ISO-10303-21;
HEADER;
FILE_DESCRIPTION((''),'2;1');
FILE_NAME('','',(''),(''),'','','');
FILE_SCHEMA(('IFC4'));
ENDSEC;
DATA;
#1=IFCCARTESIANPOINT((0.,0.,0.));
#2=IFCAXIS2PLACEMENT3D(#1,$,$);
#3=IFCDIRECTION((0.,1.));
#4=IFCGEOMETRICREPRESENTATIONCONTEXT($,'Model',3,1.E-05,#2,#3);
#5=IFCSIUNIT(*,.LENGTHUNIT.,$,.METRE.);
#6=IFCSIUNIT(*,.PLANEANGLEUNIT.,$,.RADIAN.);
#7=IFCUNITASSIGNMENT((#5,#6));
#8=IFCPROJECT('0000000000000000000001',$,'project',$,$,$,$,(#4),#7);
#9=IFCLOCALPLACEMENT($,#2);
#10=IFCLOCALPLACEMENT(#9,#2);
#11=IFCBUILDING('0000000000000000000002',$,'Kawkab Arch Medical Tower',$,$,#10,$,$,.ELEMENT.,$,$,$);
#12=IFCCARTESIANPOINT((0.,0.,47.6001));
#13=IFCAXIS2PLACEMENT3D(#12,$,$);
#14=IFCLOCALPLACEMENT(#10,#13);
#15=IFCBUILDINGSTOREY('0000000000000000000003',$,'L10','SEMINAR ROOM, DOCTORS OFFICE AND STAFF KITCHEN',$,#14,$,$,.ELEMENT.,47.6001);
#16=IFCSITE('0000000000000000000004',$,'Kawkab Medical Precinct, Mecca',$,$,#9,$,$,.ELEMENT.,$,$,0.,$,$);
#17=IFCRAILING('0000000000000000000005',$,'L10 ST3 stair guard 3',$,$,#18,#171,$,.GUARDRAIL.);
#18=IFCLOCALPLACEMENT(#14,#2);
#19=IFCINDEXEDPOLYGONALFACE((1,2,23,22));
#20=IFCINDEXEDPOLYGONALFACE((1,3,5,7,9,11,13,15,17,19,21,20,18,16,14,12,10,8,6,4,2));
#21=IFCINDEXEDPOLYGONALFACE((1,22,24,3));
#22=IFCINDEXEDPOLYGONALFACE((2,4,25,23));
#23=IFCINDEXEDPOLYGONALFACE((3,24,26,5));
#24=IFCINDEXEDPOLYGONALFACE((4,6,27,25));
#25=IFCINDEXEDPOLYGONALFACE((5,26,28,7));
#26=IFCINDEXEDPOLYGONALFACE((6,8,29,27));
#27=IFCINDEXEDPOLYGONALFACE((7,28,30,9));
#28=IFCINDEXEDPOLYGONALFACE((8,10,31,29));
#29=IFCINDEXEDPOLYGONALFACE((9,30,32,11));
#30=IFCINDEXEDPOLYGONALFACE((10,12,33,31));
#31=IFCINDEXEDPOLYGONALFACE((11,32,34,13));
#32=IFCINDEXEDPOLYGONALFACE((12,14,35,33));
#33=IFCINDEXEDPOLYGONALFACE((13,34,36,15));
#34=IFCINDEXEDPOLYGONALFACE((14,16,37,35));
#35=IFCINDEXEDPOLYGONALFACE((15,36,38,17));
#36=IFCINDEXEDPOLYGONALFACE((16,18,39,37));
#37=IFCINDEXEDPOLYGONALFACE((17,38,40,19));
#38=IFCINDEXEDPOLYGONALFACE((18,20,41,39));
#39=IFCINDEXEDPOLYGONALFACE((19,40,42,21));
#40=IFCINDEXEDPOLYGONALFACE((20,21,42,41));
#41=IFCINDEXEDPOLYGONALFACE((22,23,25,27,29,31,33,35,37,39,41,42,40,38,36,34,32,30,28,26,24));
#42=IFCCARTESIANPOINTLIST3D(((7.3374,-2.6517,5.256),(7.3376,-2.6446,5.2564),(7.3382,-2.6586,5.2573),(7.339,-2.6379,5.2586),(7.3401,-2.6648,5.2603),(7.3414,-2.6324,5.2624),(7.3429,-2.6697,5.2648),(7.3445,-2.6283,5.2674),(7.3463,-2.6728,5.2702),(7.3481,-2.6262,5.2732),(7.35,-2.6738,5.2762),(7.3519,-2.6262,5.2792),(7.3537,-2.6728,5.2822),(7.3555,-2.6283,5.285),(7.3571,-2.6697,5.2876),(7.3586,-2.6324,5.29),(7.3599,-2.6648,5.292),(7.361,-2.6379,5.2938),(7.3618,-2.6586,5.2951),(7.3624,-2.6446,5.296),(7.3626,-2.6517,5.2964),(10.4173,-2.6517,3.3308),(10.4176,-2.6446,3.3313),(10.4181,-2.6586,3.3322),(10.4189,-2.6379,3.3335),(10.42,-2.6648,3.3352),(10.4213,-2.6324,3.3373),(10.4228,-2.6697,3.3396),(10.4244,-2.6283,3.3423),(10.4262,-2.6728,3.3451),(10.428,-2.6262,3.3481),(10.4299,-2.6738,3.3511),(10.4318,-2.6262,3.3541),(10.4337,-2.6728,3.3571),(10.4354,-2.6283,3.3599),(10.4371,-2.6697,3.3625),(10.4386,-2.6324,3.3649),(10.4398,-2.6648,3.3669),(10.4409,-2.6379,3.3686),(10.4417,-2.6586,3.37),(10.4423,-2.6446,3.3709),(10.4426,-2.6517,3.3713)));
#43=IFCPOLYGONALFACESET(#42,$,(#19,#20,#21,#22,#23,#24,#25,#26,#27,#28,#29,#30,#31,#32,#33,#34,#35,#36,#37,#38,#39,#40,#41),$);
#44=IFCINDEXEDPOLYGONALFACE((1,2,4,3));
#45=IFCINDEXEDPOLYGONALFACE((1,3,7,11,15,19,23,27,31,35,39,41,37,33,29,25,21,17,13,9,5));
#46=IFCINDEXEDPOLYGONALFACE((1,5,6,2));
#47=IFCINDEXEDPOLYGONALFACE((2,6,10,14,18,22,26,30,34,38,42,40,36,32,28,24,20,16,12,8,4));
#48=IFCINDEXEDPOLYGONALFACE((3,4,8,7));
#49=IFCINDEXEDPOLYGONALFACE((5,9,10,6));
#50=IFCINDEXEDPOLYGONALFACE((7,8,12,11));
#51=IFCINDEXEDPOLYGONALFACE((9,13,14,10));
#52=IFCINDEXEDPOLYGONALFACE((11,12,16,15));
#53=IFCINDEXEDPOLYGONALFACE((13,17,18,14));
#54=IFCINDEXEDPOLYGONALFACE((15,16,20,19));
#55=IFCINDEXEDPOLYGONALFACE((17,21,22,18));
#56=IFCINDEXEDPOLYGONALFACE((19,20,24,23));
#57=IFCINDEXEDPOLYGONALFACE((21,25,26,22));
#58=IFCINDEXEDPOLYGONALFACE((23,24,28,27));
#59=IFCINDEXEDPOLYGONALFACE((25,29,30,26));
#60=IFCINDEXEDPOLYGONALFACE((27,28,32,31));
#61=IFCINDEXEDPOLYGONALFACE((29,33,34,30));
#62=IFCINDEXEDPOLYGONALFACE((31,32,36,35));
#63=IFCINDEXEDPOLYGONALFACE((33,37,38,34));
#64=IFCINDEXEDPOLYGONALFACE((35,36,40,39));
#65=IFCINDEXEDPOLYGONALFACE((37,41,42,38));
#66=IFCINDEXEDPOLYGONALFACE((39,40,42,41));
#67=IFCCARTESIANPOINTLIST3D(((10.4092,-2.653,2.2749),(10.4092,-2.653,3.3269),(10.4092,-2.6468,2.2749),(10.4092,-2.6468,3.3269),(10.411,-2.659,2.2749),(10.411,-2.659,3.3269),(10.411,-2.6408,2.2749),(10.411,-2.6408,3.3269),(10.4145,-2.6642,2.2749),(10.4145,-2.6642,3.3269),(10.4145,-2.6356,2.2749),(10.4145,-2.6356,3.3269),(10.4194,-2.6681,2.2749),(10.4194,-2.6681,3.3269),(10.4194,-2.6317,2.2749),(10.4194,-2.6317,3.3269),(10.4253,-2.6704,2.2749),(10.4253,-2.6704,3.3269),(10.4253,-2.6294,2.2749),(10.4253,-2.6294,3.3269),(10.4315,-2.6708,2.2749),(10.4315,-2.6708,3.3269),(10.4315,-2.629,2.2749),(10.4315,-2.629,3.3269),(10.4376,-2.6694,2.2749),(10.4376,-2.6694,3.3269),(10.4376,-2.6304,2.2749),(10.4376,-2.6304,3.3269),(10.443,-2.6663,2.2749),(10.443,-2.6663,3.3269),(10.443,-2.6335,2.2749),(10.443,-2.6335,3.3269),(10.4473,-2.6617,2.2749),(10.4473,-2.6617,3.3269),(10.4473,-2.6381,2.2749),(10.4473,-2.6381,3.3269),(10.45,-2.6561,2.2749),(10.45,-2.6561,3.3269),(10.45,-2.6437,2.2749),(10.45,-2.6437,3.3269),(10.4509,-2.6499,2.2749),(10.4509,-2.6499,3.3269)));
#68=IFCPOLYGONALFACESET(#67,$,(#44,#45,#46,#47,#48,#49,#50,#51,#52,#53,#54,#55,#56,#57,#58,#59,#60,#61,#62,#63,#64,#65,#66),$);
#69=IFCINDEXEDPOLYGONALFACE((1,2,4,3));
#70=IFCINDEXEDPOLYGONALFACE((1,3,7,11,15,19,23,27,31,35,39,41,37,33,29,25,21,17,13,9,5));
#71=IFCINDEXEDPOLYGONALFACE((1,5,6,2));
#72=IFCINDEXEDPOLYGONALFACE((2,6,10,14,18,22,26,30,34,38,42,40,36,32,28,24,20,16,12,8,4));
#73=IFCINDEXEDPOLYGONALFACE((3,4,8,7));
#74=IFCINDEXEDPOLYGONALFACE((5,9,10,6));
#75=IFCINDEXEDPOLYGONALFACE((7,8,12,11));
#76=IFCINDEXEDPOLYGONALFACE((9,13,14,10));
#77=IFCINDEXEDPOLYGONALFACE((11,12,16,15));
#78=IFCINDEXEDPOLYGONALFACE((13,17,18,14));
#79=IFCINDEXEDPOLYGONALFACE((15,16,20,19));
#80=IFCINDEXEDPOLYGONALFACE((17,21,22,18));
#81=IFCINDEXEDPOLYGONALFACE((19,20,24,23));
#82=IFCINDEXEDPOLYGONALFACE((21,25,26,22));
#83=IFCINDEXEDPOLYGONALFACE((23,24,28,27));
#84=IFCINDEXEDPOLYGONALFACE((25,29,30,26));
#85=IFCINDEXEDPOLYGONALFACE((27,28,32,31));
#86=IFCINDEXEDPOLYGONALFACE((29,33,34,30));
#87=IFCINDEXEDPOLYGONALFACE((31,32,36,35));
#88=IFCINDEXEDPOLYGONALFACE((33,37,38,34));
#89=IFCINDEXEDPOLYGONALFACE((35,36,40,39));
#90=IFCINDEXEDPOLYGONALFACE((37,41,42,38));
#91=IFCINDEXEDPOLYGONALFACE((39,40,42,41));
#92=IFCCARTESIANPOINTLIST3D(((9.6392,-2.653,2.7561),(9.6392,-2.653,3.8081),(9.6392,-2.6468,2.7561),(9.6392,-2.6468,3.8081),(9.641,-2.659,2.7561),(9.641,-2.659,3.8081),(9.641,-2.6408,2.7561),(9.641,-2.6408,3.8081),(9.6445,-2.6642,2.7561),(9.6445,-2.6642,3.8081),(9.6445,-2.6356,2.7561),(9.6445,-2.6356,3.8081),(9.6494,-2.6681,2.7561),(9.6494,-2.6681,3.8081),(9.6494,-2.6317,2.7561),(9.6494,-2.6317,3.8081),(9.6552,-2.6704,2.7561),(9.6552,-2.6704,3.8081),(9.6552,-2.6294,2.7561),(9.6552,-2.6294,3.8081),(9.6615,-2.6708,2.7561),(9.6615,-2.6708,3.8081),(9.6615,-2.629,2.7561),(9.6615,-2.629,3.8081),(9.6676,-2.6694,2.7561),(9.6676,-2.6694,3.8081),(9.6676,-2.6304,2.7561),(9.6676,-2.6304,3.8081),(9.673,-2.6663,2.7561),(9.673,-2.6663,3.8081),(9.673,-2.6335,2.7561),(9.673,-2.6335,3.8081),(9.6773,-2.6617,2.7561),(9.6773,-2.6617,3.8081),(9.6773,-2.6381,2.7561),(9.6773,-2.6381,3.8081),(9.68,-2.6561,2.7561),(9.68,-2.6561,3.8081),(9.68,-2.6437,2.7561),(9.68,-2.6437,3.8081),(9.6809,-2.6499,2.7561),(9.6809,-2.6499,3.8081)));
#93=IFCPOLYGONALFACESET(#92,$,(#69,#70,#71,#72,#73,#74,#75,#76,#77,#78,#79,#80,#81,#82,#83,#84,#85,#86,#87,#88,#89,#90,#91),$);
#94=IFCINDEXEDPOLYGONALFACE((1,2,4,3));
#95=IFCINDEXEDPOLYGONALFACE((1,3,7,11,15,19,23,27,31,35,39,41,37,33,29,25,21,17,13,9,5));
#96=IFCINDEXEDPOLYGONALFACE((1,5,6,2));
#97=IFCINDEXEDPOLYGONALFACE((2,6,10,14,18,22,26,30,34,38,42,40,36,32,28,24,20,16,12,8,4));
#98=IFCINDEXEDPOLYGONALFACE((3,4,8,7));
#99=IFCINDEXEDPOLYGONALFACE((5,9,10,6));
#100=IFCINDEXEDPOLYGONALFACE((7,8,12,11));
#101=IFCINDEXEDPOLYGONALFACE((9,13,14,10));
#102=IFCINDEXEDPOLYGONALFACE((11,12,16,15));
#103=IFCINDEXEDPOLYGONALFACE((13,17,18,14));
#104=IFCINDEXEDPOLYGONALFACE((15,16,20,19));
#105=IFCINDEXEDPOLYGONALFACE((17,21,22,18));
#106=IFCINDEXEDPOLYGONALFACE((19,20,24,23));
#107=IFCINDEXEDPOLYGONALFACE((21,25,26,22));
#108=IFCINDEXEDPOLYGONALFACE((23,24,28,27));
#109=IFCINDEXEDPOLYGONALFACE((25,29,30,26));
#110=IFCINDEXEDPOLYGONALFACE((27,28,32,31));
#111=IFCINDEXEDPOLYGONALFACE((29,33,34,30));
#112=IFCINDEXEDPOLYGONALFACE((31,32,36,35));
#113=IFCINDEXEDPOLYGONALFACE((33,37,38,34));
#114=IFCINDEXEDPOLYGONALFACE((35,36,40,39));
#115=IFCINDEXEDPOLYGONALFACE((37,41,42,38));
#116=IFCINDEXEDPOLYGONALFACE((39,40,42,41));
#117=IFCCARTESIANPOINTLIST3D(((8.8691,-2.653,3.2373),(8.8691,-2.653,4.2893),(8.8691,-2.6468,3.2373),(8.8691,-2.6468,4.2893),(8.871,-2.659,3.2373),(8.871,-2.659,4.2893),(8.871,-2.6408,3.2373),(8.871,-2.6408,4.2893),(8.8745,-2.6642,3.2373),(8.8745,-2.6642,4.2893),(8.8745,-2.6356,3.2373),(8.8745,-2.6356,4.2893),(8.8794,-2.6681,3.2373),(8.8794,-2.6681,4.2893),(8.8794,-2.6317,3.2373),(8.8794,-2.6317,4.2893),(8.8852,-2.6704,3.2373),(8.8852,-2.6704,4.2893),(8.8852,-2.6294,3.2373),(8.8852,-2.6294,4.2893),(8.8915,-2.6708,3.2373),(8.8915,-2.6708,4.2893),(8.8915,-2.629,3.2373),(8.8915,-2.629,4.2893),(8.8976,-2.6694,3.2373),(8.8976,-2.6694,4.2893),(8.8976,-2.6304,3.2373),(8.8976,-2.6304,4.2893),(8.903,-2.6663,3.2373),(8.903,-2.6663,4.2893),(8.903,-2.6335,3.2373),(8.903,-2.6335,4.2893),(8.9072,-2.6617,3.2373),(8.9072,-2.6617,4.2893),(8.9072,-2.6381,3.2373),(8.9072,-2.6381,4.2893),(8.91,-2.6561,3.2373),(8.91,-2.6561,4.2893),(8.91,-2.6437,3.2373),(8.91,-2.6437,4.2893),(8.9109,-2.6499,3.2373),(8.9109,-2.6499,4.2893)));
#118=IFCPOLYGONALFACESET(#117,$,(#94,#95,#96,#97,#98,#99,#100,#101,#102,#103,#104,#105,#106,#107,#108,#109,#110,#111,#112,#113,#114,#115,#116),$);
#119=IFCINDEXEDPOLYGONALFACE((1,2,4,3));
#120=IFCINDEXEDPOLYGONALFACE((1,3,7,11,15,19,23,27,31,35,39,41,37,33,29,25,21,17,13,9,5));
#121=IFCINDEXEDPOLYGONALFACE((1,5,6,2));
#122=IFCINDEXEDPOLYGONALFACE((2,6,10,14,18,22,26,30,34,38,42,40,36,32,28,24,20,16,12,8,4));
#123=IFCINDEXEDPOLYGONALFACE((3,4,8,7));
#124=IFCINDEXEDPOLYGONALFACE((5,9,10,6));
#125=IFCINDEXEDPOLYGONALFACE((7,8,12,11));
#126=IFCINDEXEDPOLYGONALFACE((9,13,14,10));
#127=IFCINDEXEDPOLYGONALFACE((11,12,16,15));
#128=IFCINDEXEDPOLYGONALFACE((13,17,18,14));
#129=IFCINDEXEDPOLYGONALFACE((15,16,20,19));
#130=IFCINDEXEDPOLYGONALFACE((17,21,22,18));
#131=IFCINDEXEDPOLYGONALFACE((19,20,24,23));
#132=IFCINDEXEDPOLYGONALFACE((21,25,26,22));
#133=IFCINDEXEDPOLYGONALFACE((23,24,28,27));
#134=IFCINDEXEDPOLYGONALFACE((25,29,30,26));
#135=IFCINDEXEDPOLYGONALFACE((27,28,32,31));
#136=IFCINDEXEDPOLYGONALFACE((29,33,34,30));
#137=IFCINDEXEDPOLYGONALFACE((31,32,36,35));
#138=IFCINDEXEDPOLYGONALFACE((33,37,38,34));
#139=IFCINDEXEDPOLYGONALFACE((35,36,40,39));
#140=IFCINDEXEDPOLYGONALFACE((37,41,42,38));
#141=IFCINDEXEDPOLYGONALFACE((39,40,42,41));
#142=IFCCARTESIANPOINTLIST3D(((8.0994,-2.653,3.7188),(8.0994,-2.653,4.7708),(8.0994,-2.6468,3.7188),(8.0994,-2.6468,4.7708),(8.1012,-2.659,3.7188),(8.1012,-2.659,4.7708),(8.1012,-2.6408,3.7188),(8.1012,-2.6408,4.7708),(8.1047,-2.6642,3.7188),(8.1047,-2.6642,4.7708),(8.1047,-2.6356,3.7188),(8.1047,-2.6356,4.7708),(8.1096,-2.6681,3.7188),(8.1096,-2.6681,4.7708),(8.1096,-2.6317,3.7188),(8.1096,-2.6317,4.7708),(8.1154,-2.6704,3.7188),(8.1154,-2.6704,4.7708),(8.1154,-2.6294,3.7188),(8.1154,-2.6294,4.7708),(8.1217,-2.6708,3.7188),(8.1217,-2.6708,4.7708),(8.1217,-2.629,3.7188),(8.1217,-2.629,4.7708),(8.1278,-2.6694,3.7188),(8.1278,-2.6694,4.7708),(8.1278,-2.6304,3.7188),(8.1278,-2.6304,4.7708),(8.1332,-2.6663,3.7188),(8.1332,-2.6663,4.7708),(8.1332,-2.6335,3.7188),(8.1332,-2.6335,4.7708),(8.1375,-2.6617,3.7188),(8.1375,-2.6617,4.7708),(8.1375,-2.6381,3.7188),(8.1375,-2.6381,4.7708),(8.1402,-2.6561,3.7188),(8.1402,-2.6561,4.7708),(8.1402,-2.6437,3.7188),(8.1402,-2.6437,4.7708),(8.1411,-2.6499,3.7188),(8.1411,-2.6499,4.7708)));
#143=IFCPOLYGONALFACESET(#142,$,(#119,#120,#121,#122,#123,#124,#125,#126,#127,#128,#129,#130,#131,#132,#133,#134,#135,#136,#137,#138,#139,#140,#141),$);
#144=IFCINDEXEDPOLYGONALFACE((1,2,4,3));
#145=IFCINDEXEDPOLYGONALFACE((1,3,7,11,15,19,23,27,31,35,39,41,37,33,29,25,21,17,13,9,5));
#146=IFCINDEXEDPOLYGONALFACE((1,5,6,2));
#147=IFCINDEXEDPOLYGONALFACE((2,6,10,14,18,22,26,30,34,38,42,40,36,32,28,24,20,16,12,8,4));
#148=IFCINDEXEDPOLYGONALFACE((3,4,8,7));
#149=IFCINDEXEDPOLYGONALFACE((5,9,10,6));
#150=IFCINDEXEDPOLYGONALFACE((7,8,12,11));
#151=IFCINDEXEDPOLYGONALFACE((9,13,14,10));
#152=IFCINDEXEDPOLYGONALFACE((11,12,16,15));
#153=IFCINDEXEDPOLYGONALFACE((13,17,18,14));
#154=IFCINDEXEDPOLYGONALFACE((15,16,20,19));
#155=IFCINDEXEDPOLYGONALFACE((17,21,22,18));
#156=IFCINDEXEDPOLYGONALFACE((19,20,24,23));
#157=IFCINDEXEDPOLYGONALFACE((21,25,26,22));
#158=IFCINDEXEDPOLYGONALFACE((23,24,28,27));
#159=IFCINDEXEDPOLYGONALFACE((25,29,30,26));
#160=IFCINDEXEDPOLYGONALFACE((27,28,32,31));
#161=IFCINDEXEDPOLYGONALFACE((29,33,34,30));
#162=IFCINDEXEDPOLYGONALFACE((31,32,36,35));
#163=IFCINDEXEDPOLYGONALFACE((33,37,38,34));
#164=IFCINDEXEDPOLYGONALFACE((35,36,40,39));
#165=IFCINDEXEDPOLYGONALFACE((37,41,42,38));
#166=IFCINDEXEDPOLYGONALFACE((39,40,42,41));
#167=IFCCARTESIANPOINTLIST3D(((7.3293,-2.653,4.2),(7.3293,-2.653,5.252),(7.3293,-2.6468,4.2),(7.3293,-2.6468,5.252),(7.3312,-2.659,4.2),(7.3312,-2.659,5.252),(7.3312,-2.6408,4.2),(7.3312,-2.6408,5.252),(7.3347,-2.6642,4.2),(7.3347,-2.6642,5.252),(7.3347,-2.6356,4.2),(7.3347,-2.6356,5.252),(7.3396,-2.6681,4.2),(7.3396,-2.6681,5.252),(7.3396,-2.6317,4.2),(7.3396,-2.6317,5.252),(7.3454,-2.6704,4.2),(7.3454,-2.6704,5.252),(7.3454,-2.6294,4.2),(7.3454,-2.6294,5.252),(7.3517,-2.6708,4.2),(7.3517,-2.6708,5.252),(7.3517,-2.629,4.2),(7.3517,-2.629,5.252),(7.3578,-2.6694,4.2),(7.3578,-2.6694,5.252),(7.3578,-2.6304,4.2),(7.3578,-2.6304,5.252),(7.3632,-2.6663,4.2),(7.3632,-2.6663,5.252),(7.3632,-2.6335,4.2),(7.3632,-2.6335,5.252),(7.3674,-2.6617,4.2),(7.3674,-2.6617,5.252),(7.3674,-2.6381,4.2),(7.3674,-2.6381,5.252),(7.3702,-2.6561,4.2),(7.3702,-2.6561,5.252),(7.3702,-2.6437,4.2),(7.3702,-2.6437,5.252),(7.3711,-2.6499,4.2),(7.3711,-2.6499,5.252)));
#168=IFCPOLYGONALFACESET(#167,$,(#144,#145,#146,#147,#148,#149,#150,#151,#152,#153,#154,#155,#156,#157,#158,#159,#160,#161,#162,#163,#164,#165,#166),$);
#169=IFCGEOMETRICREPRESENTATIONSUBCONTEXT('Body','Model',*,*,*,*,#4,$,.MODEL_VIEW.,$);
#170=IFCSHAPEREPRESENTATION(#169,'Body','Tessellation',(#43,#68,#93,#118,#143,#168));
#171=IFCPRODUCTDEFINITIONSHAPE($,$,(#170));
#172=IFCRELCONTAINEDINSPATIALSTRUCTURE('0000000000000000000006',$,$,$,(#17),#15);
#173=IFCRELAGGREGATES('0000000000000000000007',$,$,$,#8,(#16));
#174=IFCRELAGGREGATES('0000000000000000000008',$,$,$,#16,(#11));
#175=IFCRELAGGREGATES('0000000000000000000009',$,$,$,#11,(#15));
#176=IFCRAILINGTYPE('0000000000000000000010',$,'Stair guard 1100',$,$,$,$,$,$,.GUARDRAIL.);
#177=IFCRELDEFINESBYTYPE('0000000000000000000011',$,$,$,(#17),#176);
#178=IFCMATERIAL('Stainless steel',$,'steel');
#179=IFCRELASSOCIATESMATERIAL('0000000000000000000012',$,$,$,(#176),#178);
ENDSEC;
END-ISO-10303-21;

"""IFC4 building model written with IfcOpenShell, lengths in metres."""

from ifc_helpers import new_model, si_unit, direction, frame, origin, origin_2d, place, context, subcontext, project, spatial, circle, extrude, material, type_object, element, save


model = new_model("IFC4")

# Units and contexts
model_context = context("Model", 3, precision=1e-05, world=origin(), true_north=direction((0.0, 1.0)))
body_context = subcontext(model_context, "Body", "Model", "MODEL_VIEW")
ifc_project = project(units=[si_unit("LENGTHUNIT", "METRE"), si_unit("PLANEANGLEUNIT", "RADIAN")], contexts=[model_context])

# Site, building, storey
site_placement = place(None, origin())
site = spatial("IfcSite", under=ifc_project, at=site_placement, Name="Kawkab Medical Precinct, Mecca", CompositionType="ELEMENT", RefElevation=0.0)
building_placement = place(site_placement, origin())
building = spatial("IfcBuilding", under=site, at=building_placement, Name="Kawkab Arch Medical Tower", CompositionType="ELEMENT")
storey_placement = place(building_placement, frame((0.0, 0.0, 47.6001)))
storey = spatial("IfcBuildingStorey", under=building, at=storey_placement, Name="L10", Description="SEMINAR ROOM, DOCTORS OFFICE AND STAFF KITCHEN", CompositionType="ELEMENT", Elevation=47.6001)

# Railing
ifc_material_1 = material(Name="Stainless steel", Category="steel")
railing_type_1 = type_object("IfcRailingType", Name="Stair guard 1100", PredefinedType="GUARDRAIL", material=ifc_material_1)
railing_1_placement = place(storey_placement, frame((10.4299, -2.6499, 2.2749)))
element("IfcRailing", 1, at=railing_1_placement, inside=storey, type_object=railing_type_1, Name="L10 ST3 stair guard 3", PredefinedType="GUARDRAIL", context=body_context, shape_type="SweptSolid", body=[
    extrude(circle(Radius=0.0239, at=origin_2d()), frame((0.0, 0.0, 1.0762), z_axis=(-0.847979, 0.0, 0.530029), x_axis=(0.0, -1.0, 0.0)), (0.0, 0.0, 1.0), 3.6321),
    extrude(circle(Radius=0.021, at=origin_2d()), origin(), (0.0, 0.0, 1.0), 1.052),
    extrude(circle(Radius=0.021, at=origin_2d()), frame((-0.77, 0.0, 0.4812)), (0.0, 0.0, 1.0), 1.052),
    extrude(circle(Radius=0.021, at=origin_2d()), frame((-1.54, 0.0, 0.9624)), (0.0, 0.0, 1.0), 1.052),
    extrude(circle(Radius=0.021, at=origin_2d()), frame((-2.3098, 0.0, 1.4438)), (0.0, 0.0, 1.0), 1.052),
    extrude(circle(Radius=0.021, at=origin_2d()), frame((-3.0798, 0.0, 1.925)), (0.0, 0.0, 1.0), 1.052),
])

save(model, "model.ifc")
